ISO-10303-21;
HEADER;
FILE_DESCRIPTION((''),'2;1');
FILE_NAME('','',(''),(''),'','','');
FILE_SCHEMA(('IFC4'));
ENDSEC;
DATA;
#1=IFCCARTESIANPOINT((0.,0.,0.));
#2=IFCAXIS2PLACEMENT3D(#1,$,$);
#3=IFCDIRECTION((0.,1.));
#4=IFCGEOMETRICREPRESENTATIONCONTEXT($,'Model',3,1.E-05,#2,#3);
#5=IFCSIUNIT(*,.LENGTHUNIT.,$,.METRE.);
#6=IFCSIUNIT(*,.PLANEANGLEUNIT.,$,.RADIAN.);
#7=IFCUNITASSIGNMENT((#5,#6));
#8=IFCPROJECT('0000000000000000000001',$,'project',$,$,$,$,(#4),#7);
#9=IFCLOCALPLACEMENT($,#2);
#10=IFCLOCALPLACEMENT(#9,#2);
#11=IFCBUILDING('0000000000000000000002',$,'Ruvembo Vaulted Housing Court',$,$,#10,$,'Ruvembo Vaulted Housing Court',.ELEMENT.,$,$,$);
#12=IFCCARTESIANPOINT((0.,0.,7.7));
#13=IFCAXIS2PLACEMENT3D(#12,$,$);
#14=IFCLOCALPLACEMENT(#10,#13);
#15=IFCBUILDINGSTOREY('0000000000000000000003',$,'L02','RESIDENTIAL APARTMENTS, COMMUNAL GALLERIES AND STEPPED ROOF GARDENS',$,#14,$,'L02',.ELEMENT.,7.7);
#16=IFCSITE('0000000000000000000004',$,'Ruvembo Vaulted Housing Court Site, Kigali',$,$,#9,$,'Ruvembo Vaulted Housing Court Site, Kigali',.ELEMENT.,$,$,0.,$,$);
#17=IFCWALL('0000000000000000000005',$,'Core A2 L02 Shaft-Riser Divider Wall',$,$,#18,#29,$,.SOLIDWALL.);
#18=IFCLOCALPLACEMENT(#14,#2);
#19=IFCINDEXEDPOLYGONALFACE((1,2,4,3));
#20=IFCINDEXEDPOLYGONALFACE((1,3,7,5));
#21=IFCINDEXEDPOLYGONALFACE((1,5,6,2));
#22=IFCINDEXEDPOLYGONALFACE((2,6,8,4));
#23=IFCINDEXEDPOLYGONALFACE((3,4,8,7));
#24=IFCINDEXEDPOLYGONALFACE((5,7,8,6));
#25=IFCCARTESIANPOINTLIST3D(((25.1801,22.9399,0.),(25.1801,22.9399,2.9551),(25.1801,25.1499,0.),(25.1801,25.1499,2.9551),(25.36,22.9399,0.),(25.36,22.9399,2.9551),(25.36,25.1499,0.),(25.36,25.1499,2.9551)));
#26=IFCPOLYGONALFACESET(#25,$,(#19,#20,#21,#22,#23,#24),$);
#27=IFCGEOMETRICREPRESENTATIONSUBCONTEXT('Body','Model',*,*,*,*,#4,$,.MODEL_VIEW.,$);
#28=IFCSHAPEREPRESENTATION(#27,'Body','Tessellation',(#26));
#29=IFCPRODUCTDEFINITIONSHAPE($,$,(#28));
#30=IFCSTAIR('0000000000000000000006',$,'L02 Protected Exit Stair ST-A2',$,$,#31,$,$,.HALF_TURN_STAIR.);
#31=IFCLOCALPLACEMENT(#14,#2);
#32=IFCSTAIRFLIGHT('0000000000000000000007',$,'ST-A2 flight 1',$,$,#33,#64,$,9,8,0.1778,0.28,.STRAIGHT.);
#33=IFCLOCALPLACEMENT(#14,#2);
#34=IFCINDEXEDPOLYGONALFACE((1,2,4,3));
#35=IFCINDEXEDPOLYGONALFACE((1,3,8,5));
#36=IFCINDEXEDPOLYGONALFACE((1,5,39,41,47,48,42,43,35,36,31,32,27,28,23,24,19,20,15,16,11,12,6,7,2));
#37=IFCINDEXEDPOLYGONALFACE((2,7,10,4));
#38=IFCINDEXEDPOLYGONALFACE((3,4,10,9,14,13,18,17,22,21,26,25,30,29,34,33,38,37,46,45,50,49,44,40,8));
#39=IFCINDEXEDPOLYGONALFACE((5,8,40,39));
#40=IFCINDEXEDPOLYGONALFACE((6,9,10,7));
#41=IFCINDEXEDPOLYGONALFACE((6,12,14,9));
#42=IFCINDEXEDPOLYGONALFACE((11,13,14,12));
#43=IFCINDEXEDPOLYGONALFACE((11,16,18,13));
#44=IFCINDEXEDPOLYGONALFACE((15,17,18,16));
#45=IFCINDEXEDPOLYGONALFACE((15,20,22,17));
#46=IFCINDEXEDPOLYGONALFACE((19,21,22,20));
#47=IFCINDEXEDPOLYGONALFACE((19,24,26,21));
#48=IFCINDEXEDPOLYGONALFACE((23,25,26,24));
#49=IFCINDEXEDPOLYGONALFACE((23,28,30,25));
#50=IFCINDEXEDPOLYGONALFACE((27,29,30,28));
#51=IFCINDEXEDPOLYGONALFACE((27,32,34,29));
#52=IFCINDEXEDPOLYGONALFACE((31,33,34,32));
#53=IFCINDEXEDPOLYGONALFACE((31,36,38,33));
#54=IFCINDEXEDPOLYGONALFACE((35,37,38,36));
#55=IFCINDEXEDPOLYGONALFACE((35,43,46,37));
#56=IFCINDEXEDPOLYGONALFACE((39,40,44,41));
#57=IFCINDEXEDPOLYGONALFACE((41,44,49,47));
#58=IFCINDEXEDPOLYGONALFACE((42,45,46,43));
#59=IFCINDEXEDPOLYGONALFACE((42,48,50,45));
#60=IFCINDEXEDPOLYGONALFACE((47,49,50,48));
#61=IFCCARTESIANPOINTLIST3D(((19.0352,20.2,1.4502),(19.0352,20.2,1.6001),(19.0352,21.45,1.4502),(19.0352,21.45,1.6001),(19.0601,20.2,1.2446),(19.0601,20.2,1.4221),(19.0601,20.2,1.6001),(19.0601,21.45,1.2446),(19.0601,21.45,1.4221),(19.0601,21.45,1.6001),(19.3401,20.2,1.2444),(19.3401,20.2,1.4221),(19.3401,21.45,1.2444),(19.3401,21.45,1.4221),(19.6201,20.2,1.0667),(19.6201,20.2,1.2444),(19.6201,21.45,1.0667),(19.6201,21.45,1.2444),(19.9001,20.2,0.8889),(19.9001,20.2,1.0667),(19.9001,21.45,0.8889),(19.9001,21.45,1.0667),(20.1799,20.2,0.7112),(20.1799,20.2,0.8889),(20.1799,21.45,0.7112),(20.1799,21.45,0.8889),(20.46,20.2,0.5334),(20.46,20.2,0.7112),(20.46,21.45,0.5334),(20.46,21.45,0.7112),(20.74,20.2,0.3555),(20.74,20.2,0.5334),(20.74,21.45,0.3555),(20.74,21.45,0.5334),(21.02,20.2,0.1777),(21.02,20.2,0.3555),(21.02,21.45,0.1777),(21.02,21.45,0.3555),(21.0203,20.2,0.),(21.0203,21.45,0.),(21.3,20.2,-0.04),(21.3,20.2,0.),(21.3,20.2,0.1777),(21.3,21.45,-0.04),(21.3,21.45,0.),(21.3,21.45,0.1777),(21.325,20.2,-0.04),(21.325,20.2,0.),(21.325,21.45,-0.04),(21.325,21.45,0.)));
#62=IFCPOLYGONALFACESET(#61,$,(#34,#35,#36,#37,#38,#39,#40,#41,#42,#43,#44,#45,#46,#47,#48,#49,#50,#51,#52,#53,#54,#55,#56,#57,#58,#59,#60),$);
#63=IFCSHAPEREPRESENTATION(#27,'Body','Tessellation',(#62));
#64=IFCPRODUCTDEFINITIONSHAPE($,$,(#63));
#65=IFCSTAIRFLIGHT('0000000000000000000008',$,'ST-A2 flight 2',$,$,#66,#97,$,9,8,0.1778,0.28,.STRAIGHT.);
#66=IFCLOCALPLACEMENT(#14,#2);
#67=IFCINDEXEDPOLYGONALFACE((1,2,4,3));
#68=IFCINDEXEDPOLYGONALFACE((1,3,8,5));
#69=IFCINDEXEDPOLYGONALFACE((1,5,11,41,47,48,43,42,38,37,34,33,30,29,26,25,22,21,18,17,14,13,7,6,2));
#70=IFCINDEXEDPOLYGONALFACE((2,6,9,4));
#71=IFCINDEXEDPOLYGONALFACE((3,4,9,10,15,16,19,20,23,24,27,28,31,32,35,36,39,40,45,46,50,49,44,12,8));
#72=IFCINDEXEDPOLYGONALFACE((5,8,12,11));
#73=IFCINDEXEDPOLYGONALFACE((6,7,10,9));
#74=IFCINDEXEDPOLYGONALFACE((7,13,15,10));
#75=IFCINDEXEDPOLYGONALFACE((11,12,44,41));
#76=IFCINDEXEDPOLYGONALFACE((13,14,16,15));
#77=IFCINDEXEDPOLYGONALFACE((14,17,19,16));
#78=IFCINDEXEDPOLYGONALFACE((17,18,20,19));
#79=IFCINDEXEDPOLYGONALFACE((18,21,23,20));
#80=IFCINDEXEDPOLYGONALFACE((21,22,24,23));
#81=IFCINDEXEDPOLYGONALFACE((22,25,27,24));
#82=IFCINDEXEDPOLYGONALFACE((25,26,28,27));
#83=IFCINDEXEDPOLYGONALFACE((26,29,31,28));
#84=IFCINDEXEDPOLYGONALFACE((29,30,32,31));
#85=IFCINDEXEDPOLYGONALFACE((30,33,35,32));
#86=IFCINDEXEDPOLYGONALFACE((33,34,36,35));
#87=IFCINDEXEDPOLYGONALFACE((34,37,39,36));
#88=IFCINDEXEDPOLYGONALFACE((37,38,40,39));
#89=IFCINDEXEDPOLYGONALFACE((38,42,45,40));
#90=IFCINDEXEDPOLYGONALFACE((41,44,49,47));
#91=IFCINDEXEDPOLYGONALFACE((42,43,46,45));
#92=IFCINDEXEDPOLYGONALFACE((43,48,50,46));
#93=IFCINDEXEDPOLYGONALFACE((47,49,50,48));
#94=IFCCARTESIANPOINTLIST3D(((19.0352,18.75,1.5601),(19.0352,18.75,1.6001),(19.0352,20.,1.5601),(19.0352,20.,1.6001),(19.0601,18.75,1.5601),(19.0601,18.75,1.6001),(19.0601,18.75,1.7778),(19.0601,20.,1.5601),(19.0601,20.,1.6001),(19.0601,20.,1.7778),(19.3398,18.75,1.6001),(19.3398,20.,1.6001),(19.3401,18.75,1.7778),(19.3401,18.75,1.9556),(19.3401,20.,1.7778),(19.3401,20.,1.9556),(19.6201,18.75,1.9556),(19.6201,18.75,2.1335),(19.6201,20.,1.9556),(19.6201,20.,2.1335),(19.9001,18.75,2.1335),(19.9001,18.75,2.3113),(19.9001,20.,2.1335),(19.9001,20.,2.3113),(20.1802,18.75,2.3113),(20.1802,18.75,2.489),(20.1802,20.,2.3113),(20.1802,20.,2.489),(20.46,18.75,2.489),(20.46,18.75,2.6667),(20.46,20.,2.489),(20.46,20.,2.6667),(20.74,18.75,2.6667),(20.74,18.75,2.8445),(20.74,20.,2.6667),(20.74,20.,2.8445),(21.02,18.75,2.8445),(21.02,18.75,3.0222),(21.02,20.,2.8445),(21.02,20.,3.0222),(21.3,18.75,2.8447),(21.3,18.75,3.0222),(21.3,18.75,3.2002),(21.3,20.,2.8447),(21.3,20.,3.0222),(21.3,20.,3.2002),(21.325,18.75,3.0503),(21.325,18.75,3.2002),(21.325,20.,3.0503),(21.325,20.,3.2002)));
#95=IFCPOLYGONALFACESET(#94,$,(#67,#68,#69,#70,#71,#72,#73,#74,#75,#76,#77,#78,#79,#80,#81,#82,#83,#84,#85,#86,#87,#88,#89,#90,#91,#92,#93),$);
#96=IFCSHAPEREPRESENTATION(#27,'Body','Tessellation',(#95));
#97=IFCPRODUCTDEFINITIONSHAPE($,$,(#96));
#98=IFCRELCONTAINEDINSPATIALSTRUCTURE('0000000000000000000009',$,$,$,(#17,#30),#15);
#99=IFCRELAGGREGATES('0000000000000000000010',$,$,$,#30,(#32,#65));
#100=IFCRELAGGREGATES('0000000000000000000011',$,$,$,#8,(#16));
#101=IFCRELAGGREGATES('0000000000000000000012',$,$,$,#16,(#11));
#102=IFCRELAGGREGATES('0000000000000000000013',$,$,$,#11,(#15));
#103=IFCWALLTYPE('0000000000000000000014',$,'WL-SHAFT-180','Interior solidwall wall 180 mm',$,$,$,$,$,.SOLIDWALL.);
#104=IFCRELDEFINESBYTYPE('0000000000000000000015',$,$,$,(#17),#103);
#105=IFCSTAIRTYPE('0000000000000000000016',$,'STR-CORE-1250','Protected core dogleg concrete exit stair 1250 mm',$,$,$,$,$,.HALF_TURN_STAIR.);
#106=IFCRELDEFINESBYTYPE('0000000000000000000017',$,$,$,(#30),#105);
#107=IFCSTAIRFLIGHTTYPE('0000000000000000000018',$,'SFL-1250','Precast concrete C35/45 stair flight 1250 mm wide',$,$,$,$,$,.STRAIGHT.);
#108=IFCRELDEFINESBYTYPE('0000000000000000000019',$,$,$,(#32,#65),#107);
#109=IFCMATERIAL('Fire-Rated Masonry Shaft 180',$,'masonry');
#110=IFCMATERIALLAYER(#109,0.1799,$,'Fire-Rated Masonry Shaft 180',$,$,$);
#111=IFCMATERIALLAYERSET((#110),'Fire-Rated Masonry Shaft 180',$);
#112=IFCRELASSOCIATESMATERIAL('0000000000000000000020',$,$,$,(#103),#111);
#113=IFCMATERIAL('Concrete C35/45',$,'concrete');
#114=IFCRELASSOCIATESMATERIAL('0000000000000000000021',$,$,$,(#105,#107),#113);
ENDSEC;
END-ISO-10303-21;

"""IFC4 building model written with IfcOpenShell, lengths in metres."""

from ifc_helpers import new_model, si_unit, direction, frame, frame_2d, origin, place, context, subcontext, project, spatial, polyline, rectangle, outline, extrude, material, layer, layer_set, type_object, element, aggregate, save


model = new_model("IFC4")

# Units and contexts
model_context = context("Model", 3, precision=1e-05, world=origin(), true_north=direction((0.0, 1.0)))
body_context = subcontext(model_context, "Body", "Model", "MODEL_VIEW")
ifc_project = project(units=[si_unit("LENGTHUNIT", "METRE"), si_unit("PLANEANGLEUNIT", "RADIAN")], contexts=[model_context])

# Site, building, storey
site_placement = place(None, origin())
site = spatial("IfcSite", under=ifc_project, at=site_placement, Name="Ruvembo Vaulted Housing Court Site, Kigali", LongName="Ruvembo Vaulted Housing Court Site, Kigali", CompositionType="ELEMENT", RefElevation=0.0)
building_placement = place(site_placement, origin())
building = spatial("IfcBuilding", under=site, at=building_placement, Name="Ruvembo Vaulted Housing Court", LongName="Ruvembo Vaulted Housing Court", CompositionType="ELEMENT")
storey_placement = place(building_placement, frame((0.0, 0.0, 7.7)))
storey = spatial("IfcBuildingStorey", under=building, at=storey_placement, Name="L02", Description="RESIDENTIAL APARTMENTS, COMMUNAL GALLERIES AND STEPPED ROOF GARDENS", LongName="L02", CompositionType="ELEMENT", Elevation=7.7)

# Shared definitions
ifc_material_1 = material(Name="Concrete C35/45", Category="concrete")

# Shared definitions
ifc_material_2 = material(Name="Fire-Rated Masonry Shaft 180", Category="masonry")
ifc_layer_1 = layer(ifc_material_2, 0.1799, Name="Fire-Rated Masonry Shaft 180")
ifc_layer_set_1 = layer_set([ifc_layer_1], Name="Fire-Rated Masonry Shaft 180")
wall_type_1 = type_object("IfcWallType", Name="WL-SHAFT-180", Description="Interior solidwall wall 180 mm", PredefinedType="SOLIDWALL", material=ifc_layer_set_1)

# Wall
wall_1_placement = place(storey_placement, frame((25.27, 22.9399, 0.0), z_axis=(0.0, 0.0, 1.0), x_axis=(0.0, 1.0, 0.0)))
element("IfcWall", 1, at=wall_1_placement, inside=storey, type_object=wall_type_1, Name="Core A2 L02 Shaft-Riser Divider Wall", PredefinedType="SOLIDWALL", context=body_context, shape_type="SweptSolid", body=[
    extrude(rectangle(XDim=2.21, YDim=0.1799, at=frame_2d((1.105, 0.0))), origin(), (0.0, 0.0, 1.0), 2.9551),
])

# Stair, stair flights
stair_type = type_object("IfcStairType", Name="STR-CORE-1250", Description="Protected core dogleg concrete exit stair 1250 mm", PredefinedType="HALF_TURN_STAIR", material=ifc_material_1)
stair_placement = place(storey_placement, origin())
stair = element("IfcStair", 2, at=stair_placement, inside=storey, type_object=stair_type, Name="L02 Protected Exit Stair ST-A2", PredefinedType="HALF_TURN_STAIR")
stair_flight_type = type_object("IfcStairFlightType", Name="SFL-1250", Description="Precast concrete C35/45 stair flight 1250 mm wide", PredefinedType="STRAIGHT", material=ifc_material_1)
stair_flight_1_placement = place(storey_placement, frame((21.3, 20.825, 0.0), z_axis=(0.0, 0.0, 1.0), x_axis=(-1.0, 0.0, 0.0)))
stair_flight_1 = element("IfcStairFlight", 3, at=stair_flight_1_placement, type_object=stair_flight_type, Name="ST-A2 flight 1", NumberOfRisers=9, NumberOfTreads=8, PredefinedType="STRAIGHT", RiserHeight=0.1778, TreadLength=0.28, context=body_context, shape_type="SweptSolid", body=[
    extrude(outline(polyline([(-0.0249, -0.04), (-0.0249, 0.0), (0.0, 0.0), (0.0, 0.1777), (0.28, 0.1777), (0.28, 0.3555), (0.5601, 0.3555), (0.5601, 0.5334), (0.8401, 0.5334), (0.8401, 0.7112), (1.1201, 0.7112), (1.1201, 0.8889), (1.3999, 0.8889), (1.3999, 1.0667), (1.6799, 1.0667), (1.6799, 1.2444), (1.96, 1.2444), (1.96, 1.4221), (2.24, 1.4221), (2.24, 1.6001), (2.2649, 1.6001), (2.2649, 1.4502), (2.24, 1.2446), (0.2798, 0.0), (0.0, -0.04), (-0.0249, -0.04)])), frame((0.0, 0.625, 0.0), z_axis=(0.0, -1.0, 0.0), x_axis=(1.0, 0.0, 0.0)), (0.0, 0.0, 1.0), 1.25),
])
stair_flight_2_placement = place(storey_placement, frame((19.0601, 19.375, 1.6001), z_axis=(0.0, 0.0, 1.0), x_axis=(1.0, 0.0, 0.0)))
stair_flight_2 = element("IfcStairFlight", 4, at=stair_flight_2_placement, type_object=stair_flight_type, Name="ST-A2 flight 2", NumberOfRisers=9, NumberOfTreads=8, PredefinedType="STRAIGHT", RiserHeight=0.1778, TreadLength=0.28, context=body_context, shape_type="SweptSolid", body=[
    extrude(outline(polyline([(-0.0249, -0.04), (-0.0249, 0.0), (0.0, 0.0), (0.0, 0.1777), (0.28, 0.1777), (0.28, 0.3555), (0.5601, 0.3555), (0.5601, 0.5334), (0.8401, 0.5334), (0.8401, 0.7112), (1.1201, 0.7112), (1.1201, 0.8889), (1.3999, 0.8889), (1.3999, 1.0667), (1.6799, 1.0667), (1.6799, 1.2444), (1.96, 1.2444), (1.96, 1.4221), (2.24, 1.4221), (2.24, 1.6001), (2.2649, 1.6001), (2.2649, 1.4502), (2.24, 1.2446), (0.2798, 0.0), (0.0, -0.04), (-0.0249, -0.04)])), frame((0.0, 0.625, 0.0), z_axis=(0.0, -1.0, 0.0), x_axis=(1.0, 0.0, 0.0)), (0.0, 0.0, 1.0), 1.25),
])
aggregate(stair, [stair_flight_1, stair_flight_2])

save(model, "model.ifc")
